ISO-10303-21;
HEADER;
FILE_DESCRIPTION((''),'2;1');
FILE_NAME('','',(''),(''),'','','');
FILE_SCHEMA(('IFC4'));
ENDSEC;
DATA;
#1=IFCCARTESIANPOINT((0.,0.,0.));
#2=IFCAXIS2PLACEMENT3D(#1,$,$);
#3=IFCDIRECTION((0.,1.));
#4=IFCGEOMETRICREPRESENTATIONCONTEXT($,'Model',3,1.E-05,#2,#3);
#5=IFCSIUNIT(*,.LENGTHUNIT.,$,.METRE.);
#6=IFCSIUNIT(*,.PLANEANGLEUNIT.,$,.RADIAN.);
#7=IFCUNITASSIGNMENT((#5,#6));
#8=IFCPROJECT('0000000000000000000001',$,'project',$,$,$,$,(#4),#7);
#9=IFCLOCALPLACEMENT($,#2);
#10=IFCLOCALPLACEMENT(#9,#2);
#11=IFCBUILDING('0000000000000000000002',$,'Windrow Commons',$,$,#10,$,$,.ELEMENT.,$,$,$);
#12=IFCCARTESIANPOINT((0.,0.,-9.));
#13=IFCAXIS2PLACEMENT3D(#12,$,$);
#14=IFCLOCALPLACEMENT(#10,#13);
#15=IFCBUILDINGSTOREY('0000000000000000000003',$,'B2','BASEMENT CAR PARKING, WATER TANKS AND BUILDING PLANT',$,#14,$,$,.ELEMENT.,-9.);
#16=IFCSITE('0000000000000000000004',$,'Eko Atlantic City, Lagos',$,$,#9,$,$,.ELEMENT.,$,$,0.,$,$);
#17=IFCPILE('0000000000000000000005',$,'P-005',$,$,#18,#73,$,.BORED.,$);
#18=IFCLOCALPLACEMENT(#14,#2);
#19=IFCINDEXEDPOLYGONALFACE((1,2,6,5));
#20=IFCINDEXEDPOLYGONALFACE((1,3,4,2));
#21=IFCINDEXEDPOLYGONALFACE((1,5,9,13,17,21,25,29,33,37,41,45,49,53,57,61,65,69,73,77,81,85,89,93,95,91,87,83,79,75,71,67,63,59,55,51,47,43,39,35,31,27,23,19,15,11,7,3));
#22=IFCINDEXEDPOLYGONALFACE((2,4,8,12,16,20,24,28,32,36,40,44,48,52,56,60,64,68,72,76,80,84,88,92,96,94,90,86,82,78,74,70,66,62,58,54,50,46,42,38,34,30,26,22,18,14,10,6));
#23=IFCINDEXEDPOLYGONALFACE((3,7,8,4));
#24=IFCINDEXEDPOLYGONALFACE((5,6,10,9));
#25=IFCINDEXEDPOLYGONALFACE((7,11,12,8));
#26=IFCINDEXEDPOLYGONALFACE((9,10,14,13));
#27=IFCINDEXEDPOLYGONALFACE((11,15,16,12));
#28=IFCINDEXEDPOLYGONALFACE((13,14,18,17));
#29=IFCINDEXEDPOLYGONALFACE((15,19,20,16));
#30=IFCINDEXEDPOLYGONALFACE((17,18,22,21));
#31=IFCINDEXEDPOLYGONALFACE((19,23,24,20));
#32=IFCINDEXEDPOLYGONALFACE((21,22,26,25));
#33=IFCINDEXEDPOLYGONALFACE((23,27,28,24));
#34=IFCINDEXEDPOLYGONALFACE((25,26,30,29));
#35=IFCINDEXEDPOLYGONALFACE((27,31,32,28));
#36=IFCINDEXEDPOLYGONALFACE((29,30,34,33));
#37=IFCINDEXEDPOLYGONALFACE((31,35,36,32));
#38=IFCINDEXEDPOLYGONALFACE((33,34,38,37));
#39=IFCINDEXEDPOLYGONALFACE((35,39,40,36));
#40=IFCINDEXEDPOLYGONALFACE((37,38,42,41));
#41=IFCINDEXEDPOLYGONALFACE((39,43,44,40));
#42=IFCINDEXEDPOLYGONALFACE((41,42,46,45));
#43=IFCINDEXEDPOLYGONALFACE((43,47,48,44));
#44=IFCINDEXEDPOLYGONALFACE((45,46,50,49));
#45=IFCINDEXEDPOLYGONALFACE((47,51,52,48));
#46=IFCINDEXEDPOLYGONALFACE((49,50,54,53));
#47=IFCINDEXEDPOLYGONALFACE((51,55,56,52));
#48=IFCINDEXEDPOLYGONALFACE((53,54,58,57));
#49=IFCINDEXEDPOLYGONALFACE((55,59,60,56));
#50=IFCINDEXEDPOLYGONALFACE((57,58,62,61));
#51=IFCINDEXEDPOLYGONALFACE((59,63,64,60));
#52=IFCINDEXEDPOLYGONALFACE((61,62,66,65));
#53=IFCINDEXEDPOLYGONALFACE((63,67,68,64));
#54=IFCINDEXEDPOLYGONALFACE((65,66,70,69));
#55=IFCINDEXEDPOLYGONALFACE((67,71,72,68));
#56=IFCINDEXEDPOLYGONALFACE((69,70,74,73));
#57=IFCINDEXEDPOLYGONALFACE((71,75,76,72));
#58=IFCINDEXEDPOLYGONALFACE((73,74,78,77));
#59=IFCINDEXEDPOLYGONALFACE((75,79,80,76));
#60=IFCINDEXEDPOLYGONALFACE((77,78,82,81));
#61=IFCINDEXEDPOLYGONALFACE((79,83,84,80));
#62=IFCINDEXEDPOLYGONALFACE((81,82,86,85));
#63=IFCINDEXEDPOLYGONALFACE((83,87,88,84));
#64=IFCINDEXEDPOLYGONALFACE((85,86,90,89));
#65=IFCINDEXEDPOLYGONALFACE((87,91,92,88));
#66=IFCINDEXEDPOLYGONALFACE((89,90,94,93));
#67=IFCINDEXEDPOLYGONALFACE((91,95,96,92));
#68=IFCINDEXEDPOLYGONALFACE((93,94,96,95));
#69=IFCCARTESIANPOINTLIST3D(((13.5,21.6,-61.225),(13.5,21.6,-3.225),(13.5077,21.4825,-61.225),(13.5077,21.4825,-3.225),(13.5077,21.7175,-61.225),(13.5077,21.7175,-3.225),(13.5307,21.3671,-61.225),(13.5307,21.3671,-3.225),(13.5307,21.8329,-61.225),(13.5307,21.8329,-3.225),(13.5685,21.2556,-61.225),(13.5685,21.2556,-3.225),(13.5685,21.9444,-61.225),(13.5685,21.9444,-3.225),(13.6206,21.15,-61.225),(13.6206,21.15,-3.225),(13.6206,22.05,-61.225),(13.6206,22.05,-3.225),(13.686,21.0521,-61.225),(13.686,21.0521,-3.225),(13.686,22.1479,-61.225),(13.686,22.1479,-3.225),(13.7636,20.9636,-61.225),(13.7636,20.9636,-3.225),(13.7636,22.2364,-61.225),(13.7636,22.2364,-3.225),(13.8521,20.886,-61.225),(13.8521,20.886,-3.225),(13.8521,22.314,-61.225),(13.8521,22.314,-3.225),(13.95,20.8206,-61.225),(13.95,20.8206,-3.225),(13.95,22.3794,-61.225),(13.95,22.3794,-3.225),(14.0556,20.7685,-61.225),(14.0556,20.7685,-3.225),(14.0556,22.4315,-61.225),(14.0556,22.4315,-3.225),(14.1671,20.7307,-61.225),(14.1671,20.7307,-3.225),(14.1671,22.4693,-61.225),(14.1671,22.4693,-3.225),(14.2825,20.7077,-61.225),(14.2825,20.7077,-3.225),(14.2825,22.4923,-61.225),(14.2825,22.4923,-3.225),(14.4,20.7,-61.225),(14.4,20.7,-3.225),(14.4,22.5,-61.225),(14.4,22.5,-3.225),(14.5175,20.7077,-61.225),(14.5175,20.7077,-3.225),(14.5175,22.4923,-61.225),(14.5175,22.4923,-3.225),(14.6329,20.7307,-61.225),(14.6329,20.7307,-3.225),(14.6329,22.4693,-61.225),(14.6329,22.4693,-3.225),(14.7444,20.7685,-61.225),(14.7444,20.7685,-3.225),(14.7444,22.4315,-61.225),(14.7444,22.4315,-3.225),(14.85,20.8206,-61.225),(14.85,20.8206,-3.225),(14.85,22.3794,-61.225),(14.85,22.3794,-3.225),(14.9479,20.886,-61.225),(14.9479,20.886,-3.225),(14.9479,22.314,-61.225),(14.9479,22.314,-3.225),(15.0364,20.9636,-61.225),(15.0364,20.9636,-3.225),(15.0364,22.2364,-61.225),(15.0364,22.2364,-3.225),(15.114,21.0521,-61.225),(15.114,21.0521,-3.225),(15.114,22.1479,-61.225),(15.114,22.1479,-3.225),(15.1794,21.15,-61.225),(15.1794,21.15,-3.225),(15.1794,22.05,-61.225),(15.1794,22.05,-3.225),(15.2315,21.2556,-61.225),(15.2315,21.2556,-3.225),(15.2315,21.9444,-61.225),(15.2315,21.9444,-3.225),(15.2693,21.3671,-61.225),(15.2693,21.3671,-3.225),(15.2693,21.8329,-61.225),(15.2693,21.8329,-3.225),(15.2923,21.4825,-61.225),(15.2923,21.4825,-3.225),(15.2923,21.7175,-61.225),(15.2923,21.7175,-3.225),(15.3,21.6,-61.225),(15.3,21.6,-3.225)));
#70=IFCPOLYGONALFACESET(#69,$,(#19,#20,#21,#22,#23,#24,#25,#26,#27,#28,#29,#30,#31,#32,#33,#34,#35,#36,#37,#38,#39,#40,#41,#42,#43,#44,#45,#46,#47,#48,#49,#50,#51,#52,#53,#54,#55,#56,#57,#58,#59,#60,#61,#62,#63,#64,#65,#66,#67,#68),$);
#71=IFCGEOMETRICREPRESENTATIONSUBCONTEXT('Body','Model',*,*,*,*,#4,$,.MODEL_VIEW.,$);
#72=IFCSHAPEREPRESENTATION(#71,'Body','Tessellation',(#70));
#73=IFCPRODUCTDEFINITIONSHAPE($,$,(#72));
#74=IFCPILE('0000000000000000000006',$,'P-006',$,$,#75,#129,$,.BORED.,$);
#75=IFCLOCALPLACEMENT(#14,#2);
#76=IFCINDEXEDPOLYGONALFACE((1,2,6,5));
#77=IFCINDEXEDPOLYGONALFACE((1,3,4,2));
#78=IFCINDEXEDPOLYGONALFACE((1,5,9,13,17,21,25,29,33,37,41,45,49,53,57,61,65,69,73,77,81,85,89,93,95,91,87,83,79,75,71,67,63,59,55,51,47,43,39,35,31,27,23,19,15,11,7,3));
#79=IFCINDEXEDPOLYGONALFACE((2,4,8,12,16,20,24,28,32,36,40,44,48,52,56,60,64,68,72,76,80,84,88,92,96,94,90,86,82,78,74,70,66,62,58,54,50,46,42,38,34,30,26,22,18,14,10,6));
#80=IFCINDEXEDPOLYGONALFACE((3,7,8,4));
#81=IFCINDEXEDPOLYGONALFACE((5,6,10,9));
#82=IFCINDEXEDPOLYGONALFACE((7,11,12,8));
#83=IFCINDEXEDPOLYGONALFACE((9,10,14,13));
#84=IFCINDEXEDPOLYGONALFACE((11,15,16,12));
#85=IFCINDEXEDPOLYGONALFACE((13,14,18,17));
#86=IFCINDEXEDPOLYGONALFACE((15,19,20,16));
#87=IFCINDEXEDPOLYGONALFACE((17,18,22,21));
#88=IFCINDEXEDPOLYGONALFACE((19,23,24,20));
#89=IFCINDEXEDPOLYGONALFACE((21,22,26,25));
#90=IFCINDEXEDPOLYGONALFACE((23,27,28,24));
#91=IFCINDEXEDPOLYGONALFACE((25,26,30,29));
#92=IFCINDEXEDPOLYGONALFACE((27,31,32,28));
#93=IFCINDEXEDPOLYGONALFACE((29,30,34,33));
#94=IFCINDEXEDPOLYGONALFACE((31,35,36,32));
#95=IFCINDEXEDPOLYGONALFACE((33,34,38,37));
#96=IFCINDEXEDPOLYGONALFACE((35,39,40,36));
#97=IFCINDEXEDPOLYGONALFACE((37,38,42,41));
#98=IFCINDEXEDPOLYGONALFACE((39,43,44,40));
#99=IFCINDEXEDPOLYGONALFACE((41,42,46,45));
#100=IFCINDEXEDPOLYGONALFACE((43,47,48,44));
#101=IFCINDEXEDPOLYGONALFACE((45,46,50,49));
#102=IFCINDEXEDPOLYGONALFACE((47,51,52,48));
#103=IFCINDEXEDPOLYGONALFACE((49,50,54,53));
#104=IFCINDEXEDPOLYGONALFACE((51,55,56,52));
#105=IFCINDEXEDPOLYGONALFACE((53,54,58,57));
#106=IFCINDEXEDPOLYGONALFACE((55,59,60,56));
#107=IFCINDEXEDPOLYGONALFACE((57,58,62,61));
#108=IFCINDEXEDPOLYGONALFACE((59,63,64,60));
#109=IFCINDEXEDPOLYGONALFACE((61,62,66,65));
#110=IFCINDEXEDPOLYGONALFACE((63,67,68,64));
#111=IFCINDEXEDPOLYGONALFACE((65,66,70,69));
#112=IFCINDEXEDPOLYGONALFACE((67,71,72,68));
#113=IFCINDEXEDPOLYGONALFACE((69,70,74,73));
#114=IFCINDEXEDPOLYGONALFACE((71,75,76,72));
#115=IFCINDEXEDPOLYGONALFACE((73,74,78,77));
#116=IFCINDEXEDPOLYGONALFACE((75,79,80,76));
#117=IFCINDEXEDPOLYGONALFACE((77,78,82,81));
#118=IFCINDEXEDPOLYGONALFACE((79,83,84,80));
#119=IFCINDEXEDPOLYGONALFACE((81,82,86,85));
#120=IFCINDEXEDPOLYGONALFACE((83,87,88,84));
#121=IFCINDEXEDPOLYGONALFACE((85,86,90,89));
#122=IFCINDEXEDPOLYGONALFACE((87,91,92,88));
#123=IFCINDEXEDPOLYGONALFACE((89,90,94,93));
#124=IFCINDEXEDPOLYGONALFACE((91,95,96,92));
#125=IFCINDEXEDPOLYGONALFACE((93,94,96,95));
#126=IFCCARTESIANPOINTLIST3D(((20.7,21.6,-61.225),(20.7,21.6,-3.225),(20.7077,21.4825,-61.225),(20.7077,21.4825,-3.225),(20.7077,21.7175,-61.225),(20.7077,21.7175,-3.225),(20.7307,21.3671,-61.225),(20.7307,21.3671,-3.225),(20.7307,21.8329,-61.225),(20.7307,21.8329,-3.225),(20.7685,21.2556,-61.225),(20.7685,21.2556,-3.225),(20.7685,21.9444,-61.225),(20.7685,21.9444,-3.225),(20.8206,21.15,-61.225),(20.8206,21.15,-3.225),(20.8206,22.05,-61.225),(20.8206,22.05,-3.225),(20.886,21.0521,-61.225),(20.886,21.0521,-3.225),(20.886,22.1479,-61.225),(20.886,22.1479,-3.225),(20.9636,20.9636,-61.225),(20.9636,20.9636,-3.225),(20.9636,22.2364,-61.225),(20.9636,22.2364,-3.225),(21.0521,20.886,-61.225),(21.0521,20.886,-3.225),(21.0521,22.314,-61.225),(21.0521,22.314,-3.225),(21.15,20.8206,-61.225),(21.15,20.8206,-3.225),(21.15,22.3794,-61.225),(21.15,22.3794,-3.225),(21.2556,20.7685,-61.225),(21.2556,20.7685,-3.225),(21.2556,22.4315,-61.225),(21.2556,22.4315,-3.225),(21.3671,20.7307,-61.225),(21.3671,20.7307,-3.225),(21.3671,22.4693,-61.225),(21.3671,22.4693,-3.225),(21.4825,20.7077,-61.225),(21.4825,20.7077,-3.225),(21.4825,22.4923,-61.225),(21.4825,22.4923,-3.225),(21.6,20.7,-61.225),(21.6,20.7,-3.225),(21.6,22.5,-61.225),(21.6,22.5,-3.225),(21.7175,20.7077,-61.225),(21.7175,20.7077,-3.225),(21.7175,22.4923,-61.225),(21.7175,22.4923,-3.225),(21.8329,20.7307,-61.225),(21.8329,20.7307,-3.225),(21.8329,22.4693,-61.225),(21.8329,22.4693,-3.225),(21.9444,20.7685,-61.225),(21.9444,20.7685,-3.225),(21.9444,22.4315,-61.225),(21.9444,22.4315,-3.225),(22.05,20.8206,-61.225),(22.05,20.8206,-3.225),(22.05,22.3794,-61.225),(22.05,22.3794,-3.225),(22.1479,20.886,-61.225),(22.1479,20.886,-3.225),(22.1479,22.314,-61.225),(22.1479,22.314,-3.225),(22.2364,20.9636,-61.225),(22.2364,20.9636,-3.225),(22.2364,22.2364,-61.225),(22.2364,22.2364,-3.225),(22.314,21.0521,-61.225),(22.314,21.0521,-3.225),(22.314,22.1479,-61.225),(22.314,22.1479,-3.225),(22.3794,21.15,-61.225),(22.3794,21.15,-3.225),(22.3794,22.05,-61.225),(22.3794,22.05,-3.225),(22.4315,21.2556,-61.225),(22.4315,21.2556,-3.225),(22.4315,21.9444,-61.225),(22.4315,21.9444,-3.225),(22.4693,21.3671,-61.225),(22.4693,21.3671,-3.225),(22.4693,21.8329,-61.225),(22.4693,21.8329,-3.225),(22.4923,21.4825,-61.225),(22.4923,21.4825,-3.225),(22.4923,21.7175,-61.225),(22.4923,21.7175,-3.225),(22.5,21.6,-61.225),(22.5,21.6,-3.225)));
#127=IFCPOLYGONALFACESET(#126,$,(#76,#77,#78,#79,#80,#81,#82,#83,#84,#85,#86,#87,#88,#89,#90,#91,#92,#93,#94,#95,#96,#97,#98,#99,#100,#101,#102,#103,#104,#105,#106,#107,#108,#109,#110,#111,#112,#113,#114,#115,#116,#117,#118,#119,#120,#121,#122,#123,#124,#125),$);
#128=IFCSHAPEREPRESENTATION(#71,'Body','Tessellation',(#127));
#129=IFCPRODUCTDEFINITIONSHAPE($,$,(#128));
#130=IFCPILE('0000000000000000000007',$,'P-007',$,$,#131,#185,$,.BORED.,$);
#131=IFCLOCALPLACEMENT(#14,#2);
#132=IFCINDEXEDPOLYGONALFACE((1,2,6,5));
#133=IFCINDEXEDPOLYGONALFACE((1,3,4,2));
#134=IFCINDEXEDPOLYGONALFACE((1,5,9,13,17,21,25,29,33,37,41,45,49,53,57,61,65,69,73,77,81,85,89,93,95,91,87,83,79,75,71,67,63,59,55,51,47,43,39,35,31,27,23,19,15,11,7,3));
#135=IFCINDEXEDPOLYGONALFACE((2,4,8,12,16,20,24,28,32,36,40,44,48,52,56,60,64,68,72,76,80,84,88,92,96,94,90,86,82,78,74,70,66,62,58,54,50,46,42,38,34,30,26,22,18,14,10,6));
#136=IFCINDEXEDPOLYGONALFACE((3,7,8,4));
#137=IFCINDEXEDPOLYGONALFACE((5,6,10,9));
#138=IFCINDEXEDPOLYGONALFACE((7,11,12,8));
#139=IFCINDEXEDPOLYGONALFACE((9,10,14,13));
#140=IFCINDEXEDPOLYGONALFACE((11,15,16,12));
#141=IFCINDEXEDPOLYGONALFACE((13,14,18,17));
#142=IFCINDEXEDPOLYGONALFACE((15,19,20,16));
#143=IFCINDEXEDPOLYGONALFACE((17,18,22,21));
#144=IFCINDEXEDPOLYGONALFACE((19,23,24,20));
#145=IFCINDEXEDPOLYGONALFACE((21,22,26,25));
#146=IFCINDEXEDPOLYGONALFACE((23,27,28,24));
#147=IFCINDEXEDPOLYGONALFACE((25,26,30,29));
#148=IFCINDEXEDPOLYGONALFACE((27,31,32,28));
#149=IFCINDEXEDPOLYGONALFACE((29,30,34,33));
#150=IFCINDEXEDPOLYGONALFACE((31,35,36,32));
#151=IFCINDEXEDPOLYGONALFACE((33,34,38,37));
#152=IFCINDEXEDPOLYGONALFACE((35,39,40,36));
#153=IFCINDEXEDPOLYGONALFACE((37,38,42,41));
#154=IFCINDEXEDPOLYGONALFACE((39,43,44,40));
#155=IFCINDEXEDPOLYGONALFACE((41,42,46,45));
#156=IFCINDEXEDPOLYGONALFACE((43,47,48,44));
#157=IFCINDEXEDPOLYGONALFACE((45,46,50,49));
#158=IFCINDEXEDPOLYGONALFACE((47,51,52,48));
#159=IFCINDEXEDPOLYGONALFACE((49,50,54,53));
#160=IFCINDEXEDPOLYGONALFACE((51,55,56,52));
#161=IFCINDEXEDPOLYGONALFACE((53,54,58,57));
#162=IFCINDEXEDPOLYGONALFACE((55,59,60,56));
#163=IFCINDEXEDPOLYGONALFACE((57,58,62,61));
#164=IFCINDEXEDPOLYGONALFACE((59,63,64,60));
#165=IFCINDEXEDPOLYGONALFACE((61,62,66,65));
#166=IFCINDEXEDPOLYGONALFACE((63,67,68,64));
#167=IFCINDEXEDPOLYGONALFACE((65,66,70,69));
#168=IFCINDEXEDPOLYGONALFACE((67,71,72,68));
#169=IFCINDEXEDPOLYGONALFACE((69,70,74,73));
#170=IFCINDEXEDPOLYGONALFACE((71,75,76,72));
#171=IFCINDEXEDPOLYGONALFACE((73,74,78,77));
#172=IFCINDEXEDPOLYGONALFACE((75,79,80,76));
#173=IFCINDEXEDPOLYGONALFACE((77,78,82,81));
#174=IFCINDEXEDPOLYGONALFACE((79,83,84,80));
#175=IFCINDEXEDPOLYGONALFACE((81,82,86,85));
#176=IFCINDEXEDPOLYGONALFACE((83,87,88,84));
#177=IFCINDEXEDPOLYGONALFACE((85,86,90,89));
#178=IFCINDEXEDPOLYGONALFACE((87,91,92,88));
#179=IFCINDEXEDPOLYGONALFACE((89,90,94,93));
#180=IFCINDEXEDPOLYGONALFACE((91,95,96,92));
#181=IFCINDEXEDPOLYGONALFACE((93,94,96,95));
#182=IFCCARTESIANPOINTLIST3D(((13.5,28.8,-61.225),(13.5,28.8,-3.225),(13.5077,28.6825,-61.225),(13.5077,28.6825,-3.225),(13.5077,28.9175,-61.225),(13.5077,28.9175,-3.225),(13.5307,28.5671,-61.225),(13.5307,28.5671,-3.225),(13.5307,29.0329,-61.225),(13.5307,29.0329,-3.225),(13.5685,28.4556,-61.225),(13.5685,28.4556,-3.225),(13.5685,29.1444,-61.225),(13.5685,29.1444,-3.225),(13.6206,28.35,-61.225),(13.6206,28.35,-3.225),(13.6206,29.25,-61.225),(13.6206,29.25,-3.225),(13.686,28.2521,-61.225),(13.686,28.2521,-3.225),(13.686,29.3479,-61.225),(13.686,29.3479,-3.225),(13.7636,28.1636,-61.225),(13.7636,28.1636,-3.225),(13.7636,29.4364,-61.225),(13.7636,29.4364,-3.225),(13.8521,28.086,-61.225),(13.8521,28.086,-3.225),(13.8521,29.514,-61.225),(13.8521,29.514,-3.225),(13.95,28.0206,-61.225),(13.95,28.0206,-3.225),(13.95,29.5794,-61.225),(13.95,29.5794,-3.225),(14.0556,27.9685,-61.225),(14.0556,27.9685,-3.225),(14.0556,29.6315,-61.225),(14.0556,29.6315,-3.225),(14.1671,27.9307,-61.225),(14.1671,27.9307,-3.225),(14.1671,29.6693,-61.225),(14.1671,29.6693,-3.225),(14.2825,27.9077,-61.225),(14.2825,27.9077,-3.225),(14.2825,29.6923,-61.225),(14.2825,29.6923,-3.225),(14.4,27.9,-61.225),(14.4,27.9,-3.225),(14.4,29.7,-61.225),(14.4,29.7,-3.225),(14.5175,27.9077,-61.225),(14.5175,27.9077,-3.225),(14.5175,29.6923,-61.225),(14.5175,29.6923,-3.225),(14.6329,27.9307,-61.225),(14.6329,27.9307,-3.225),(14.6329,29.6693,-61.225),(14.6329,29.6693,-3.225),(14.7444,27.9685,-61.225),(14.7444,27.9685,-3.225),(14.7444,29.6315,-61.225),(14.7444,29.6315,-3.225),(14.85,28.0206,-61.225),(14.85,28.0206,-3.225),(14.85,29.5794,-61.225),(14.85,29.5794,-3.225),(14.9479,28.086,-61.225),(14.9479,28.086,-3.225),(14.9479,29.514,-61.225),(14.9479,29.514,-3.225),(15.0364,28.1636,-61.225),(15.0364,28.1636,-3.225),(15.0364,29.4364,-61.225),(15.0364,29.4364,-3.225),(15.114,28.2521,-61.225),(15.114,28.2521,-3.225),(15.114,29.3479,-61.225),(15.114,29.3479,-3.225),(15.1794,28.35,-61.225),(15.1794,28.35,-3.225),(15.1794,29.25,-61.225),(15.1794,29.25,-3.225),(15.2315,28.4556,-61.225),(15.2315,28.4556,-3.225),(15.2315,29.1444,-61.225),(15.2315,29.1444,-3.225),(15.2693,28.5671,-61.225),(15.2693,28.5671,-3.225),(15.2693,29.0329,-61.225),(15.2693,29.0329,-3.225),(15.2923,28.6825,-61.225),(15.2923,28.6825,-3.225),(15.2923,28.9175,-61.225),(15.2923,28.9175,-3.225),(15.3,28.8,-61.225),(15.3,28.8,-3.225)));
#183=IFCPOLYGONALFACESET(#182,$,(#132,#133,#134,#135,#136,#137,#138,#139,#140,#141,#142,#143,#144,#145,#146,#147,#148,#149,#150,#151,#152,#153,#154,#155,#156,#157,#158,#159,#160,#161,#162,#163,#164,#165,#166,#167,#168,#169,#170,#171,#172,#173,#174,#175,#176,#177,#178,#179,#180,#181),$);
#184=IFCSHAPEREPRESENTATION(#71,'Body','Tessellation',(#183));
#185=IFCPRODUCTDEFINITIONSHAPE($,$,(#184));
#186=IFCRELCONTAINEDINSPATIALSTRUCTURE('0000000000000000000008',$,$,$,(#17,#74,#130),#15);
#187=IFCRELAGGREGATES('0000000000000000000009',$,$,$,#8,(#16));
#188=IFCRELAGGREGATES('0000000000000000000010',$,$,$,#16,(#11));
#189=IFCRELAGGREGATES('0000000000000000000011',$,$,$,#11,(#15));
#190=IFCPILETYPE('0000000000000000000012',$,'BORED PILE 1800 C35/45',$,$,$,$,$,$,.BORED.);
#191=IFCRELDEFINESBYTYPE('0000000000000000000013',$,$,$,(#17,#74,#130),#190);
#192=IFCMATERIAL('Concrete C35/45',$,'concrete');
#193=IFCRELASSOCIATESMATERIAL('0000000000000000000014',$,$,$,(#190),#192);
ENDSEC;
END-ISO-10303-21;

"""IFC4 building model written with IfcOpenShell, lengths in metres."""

from ifc_helpers import new_model, si_unit, direction, frame, origin, origin_2d, place, context, subcontext, project, spatial, circle, extrude, material, material_profile, profile_set, type_object, element, save


model = new_model("IFC4")

# Units and contexts
model_context = context("Model", 3, precision=1e-05, world=origin(), true_north=direction((0.0, 1.0)))
body_context = subcontext(model_context, "Body", "Model", "MODEL_VIEW")
ifc_project = project(units=[si_unit("LENGTHUNIT", "METRE"), si_unit("PLANEANGLEUNIT", "RADIAN")], contexts=[model_context])

# Site, building, storey
site_placement = place(None, origin())
site = spatial("IfcSite", under=ifc_project, at=site_placement, Name="Eko Atlantic City, Lagos", CompositionType="ELEMENT", RefElevation=0.0)
building_placement = place(site_placement, origin())
building = spatial("IfcBuilding", under=site, at=building_placement, Name="Windrow Commons", CompositionType="ELEMENT")
storey_placement = place(building_placement, frame((0.0, 0.0, -9.0)))
storey = spatial("IfcBuildingStorey", under=building, at=storey_placement, Name="B2", Description="BASEMENT CAR PARKING, WATER TANKS AND BUILDING PLANT", CompositionType="ELEMENT", Elevation=-9.0)

# Piles
ifc_material_1 = material(Name="Concrete C35/45", Category="concrete")
ifc_material_profile_1 = material_profile(ifc_material_1, circle(Radius=0.9, at=origin_2d()))
ifc_profile_set_1 = profile_set([ifc_material_profile_1], Name="Concrete C35/45")
pile_type = type_object("IfcPileType", Name="BORED PILE 1800 C35/45", PredefinedType="BORED", material=ifc_profile_set_1)
for number, where, z_axis, x_axis, name in (
    (1, (14.4, 21.6, -3.225), (0.0, 0.0, -1.0), (1.0, 0.0, 0.0), "P-005"),
    (2, (21.6, 21.6, -3.225), (0.0, 0.0, -1.0), (1.0, 0.0, 0.0), "P-006"),
    (3, (14.4, 28.8, -3.225), (0.0, 0.0, -1.0), (1.0, 0.0, 0.0), "P-007"),
):
    element("IfcPile", number, at=place(storey_placement, frame(where, z_axis=z_axis, x_axis=x_axis)), inside=storey, type_object=pile_type, Name=name, PredefinedType="BORED", context=body_context, shape_type="SweptSolid", body=[
        extrude(circle(Radius=0.9, at=origin_2d()), origin(), (0.0, 0.0, 1.0), 58.0),
    ])

save(model, "model.ifc")
